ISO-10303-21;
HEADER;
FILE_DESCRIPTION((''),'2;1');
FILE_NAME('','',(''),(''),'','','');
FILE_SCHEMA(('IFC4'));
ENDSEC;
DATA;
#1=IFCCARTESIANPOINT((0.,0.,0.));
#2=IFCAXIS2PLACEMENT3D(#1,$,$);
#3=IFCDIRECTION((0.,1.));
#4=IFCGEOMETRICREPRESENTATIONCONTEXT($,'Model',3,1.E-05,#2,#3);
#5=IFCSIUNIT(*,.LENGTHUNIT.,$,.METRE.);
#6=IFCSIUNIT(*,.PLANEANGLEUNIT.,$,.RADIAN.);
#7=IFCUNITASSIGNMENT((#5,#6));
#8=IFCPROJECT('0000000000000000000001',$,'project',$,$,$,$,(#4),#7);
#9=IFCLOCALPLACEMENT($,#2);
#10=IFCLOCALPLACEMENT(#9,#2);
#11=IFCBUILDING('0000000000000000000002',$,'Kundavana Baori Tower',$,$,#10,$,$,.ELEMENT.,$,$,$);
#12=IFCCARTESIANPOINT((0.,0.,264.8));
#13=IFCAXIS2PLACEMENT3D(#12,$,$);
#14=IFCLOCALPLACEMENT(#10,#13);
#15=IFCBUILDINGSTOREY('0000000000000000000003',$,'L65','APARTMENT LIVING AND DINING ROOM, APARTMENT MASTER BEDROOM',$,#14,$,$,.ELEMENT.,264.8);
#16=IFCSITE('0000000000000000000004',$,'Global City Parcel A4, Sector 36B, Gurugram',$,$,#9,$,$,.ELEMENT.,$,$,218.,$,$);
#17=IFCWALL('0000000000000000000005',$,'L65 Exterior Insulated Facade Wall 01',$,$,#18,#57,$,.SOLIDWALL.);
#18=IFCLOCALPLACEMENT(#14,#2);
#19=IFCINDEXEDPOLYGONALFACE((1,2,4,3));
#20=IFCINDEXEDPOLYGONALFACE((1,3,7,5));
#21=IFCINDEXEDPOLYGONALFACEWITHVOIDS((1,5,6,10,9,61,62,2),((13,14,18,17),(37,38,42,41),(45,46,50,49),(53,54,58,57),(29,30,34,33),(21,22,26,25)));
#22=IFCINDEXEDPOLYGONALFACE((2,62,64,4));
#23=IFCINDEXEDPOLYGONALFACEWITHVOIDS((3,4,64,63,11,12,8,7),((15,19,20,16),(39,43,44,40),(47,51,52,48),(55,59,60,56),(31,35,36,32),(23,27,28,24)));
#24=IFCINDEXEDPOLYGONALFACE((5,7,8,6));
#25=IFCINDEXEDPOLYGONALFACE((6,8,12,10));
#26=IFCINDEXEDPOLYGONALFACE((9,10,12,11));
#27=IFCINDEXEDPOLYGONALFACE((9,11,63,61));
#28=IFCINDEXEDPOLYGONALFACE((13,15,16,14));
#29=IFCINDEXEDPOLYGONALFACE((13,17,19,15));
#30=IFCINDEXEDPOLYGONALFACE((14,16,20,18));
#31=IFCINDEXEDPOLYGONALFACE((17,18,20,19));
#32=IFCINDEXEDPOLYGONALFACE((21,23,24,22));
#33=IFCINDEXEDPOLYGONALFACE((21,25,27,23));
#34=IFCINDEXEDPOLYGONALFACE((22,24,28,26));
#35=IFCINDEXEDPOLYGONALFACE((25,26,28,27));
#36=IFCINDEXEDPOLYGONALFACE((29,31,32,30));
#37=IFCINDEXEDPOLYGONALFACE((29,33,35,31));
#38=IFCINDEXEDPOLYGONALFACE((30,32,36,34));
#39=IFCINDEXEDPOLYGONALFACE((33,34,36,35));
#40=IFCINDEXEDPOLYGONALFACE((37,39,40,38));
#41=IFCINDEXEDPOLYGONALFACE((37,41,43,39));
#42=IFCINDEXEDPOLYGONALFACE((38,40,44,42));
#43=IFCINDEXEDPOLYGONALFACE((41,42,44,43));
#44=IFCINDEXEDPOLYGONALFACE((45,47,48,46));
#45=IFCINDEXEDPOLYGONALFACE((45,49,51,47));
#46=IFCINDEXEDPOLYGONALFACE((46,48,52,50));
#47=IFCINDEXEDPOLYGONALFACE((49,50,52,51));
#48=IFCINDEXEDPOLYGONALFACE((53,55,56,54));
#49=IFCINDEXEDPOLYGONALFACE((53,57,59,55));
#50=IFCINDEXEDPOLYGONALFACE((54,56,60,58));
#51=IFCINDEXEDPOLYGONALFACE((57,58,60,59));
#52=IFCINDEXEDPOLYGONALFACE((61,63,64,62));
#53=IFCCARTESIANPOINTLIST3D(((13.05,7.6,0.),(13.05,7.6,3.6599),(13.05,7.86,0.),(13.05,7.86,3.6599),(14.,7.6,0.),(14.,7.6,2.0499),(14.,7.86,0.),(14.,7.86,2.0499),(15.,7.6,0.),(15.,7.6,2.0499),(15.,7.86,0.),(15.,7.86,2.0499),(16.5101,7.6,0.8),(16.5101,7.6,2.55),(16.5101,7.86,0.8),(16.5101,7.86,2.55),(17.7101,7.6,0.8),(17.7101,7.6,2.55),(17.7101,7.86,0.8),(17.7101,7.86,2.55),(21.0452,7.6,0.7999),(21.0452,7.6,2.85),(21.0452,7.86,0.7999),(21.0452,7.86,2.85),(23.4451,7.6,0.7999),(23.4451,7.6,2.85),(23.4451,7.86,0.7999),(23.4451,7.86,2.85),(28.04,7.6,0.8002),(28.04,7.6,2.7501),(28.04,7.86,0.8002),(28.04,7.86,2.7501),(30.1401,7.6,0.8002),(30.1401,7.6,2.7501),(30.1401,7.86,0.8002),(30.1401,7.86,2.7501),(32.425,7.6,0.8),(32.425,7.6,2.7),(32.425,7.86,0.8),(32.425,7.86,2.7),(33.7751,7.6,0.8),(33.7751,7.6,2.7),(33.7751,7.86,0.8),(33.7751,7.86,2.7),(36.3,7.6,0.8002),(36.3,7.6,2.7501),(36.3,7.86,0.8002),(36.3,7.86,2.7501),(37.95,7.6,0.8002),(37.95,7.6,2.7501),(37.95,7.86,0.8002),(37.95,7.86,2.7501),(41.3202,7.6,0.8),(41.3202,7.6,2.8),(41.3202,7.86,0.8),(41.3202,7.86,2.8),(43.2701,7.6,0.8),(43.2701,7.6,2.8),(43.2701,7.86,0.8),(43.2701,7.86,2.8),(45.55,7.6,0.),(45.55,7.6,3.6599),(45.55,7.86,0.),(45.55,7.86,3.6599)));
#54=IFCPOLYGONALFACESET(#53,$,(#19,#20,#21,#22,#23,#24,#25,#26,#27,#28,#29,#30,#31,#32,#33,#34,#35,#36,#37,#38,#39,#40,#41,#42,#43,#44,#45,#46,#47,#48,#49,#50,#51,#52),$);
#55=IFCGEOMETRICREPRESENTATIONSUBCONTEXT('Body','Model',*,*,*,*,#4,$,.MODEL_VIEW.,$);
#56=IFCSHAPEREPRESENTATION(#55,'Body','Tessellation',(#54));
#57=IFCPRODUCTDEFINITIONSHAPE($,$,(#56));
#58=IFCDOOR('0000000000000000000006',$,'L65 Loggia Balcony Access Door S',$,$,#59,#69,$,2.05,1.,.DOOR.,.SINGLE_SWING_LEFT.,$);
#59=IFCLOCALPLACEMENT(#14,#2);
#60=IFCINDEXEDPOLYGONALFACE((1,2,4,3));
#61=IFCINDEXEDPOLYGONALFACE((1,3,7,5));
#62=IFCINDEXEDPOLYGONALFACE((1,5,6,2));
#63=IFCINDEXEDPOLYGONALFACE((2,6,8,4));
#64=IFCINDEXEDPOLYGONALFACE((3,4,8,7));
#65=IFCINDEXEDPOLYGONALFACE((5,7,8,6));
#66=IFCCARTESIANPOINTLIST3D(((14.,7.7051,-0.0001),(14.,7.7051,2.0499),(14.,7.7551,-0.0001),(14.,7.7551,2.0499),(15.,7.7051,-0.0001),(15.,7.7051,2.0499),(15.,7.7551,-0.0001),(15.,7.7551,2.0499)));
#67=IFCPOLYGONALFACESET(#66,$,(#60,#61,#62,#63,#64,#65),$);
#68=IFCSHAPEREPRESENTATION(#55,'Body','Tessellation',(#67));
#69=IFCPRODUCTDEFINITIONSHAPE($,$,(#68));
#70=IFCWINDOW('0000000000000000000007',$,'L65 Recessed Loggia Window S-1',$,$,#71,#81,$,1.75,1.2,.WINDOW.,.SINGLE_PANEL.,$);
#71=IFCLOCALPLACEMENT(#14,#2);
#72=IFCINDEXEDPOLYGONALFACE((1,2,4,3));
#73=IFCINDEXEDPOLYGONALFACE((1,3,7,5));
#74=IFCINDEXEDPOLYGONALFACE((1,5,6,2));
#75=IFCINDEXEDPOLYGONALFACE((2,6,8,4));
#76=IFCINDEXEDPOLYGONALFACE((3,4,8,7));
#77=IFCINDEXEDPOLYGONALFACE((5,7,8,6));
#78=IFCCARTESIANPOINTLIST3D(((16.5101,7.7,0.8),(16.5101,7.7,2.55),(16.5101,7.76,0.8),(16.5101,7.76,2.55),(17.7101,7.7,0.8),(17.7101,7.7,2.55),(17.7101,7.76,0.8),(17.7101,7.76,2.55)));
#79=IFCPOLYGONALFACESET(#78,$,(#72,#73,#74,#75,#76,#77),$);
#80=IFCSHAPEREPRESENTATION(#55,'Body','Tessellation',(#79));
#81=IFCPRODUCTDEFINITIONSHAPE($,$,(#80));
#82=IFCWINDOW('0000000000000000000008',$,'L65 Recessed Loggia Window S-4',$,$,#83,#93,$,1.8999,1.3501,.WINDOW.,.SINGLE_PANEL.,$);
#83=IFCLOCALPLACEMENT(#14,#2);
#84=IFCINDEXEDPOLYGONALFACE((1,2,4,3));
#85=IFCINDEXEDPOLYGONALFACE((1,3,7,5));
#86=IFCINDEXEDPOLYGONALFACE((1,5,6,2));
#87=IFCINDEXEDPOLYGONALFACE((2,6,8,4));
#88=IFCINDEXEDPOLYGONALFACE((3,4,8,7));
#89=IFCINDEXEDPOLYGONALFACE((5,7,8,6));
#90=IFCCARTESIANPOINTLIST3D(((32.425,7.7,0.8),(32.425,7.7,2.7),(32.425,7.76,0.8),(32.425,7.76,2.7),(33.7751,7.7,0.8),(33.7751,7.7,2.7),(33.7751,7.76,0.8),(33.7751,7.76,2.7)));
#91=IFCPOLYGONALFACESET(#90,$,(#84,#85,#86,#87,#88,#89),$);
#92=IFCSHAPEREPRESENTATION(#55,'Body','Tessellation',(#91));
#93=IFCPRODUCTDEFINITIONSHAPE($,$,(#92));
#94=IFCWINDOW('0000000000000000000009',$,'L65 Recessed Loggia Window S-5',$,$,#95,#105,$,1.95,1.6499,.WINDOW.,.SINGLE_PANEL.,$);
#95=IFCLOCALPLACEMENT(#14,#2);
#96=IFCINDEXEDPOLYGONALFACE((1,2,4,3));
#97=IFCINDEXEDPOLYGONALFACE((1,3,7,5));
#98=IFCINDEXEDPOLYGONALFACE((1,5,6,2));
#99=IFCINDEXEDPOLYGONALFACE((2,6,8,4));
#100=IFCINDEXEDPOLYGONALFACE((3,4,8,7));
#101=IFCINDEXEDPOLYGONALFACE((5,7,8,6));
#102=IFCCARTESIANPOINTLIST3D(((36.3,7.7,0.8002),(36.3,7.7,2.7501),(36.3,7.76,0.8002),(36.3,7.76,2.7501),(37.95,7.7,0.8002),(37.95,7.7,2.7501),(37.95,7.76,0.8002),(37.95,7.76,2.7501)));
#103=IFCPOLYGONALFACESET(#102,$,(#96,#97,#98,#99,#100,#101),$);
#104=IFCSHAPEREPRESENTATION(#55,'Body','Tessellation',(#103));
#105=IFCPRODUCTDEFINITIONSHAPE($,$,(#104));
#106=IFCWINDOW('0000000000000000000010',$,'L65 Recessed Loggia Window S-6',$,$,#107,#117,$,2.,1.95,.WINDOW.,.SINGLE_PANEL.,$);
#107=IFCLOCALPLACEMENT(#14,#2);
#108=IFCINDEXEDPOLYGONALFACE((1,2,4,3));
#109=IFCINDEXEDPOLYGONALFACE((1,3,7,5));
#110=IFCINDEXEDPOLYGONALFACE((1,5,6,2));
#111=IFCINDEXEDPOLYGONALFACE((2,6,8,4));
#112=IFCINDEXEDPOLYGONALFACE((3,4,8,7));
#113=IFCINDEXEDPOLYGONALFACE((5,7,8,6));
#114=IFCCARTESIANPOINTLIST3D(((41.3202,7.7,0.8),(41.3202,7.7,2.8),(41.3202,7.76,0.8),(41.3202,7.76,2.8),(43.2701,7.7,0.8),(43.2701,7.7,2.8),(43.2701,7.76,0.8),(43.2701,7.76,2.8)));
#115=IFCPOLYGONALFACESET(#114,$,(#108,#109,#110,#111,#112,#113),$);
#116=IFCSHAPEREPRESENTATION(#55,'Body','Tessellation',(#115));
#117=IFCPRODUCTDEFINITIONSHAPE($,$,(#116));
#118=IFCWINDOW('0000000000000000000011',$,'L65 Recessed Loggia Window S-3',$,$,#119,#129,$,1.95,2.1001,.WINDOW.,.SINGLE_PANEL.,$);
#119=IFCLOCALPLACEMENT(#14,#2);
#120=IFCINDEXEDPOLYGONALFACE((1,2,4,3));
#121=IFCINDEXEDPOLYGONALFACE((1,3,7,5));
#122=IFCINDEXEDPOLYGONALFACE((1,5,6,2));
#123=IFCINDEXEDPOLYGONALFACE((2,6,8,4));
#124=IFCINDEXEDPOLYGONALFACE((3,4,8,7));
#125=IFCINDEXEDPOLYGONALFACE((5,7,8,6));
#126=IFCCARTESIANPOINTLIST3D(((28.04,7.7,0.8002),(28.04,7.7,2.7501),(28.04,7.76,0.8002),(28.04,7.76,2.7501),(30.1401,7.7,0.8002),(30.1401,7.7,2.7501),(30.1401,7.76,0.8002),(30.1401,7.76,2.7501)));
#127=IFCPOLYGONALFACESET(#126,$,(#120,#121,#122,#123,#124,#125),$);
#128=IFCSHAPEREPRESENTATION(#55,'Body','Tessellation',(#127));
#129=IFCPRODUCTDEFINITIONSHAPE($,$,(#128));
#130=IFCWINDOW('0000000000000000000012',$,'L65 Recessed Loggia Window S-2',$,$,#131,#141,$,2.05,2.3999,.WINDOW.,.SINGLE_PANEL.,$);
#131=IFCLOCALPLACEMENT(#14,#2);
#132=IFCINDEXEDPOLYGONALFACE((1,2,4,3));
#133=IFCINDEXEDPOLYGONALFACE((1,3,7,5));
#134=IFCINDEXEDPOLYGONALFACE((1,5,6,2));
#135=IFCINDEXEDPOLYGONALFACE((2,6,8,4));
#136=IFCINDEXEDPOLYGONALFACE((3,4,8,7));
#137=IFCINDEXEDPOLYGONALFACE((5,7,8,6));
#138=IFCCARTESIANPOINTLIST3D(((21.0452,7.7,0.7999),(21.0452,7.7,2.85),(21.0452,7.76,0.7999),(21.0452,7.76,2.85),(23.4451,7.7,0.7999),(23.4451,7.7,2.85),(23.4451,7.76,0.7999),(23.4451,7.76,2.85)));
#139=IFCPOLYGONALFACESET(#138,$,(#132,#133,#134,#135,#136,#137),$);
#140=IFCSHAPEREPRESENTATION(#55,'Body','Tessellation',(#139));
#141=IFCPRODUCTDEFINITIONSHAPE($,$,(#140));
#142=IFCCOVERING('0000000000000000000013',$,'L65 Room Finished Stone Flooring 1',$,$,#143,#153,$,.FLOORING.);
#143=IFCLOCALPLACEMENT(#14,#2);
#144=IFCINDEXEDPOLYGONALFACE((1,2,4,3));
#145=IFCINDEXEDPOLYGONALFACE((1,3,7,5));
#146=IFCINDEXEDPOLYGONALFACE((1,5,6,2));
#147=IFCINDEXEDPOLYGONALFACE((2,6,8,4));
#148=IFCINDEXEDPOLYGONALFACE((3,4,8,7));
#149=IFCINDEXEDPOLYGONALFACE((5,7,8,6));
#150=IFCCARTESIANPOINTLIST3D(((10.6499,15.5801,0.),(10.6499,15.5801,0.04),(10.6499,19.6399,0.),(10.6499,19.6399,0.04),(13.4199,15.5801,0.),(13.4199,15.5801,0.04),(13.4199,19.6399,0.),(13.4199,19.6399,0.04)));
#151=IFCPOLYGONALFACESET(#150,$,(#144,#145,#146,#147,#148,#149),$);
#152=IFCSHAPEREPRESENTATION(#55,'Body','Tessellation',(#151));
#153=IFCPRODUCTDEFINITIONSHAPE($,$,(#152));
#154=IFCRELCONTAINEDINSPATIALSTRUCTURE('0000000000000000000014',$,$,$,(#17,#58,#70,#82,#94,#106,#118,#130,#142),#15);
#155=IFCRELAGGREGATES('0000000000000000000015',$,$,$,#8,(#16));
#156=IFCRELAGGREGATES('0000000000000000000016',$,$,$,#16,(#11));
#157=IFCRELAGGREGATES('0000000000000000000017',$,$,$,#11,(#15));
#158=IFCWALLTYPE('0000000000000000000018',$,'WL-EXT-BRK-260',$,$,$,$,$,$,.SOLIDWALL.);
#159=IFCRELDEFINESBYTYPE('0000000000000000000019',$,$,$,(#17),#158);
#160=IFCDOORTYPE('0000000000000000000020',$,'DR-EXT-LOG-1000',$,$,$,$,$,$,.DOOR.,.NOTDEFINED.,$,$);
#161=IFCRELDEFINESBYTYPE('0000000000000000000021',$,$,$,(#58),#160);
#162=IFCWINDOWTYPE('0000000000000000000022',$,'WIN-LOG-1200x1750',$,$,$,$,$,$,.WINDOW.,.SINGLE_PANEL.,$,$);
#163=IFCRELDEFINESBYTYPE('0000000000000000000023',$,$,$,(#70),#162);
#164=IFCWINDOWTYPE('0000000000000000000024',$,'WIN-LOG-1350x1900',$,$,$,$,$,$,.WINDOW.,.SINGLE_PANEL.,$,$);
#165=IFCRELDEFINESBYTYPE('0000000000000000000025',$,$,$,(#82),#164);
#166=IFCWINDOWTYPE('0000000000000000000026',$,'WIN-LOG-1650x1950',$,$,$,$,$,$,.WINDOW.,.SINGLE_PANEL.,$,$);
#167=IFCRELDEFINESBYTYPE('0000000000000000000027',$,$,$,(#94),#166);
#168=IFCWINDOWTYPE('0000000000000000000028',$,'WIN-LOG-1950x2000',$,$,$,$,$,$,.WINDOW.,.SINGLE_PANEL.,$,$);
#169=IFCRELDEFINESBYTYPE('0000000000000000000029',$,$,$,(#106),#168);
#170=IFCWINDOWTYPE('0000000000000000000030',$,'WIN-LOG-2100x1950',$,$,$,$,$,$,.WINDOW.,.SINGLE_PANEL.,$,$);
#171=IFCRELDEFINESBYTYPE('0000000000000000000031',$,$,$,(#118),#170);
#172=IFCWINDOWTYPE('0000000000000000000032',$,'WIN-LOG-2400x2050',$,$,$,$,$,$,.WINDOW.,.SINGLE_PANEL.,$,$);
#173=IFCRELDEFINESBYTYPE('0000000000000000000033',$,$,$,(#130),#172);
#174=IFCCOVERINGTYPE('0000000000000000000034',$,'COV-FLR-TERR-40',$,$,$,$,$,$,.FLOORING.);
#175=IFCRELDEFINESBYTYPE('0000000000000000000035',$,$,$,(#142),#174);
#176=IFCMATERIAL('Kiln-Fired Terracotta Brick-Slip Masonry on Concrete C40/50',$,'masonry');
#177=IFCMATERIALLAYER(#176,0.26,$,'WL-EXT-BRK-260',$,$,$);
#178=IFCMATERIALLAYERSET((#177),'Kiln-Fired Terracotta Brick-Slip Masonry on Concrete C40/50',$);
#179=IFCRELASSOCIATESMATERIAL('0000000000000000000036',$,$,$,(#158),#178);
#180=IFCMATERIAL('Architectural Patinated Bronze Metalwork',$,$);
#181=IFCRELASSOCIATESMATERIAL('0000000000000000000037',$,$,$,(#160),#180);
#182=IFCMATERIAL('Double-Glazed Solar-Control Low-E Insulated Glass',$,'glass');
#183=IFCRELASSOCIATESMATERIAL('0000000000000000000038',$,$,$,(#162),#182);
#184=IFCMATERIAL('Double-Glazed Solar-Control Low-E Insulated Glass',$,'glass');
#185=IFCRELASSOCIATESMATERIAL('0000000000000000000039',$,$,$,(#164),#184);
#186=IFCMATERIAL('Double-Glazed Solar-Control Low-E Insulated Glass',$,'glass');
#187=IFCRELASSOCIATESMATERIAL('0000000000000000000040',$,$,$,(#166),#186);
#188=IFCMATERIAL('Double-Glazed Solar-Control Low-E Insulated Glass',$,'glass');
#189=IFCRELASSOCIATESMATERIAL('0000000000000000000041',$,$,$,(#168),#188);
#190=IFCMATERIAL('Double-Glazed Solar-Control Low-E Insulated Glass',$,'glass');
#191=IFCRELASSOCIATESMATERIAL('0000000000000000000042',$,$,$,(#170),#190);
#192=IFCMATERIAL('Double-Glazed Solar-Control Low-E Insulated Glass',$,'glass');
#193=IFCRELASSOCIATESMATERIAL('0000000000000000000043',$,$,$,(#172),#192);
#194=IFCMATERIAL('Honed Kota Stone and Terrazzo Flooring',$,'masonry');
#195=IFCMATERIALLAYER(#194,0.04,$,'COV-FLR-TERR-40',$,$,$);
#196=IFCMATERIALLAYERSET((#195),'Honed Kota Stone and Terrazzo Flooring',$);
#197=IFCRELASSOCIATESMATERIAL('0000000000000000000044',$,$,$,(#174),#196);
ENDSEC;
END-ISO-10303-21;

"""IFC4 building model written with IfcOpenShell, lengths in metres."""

from ifc_helpers import new_model, si_unit, direction, frame, frame_2d, origin, place, context, subcontext, project, spatial, polyline, rectangle, outline, extrude, material, layer, layer_set, type_object, element, fill, save


model = new_model("IFC4")

# Units and contexts
model_context = context("Model", 3, precision=1e-05, world=origin(), true_north=direction((0.0, 1.0)))
body_context = subcontext(model_context, "Body", "Model", "MODEL_VIEW")
ifc_project = project(units=[si_unit("LENGTHUNIT", "METRE"), si_unit("PLANEANGLEUNIT", "RADIAN")], contexts=[model_context])

# Site, building, storey
site_placement = place(None, origin())
site = spatial("IfcSite", under=ifc_project, at=site_placement, Name="Global City Parcel A4, Sector 36B, Gurugram", CompositionType="ELEMENT", RefElevation=218.0)
building_placement = place(site_placement, origin())
building = spatial("IfcBuilding", under=site, at=building_placement, Name="Kundavana Baori Tower", CompositionType="ELEMENT")
storey_placement = place(building_placement, frame((0.0, 0.0, 264.8)))
storey = spatial("IfcBuildingStorey", under=building, at=storey_placement, Name="L65", Description="APARTMENT LIVING AND DINING ROOM, APARTMENT MASTER BEDROOM", CompositionType="ELEMENT", Elevation=264.8)

# Wall, openings, door, windows
ifc_material_1 = material(Name="Kiln-Fired Terracotta Brick-Slip Masonry on Concrete C40/50", Category="masonry")
ifc_layer_1 = layer(ifc_material_1, 0.26, Name="WL-EXT-BRK-260")
ifc_layer_set_1 = layer_set([ifc_layer_1], Name="Kiln-Fired Terracotta Brick-Slip Masonry on Concrete C40/50")
wall_type = type_object("IfcWallType", Name="WL-EXT-BRK-260", PredefinedType="SOLIDWALL", material=ifc_layer_set_1)
wall_placement = place(storey_placement, frame((13.05, 7.73, 0.0), z_axis=(0.0, 0.0, 1.0), x_axis=(1.0, 0.0, 0.0)))
wall = element("IfcWall", 1, at=wall_placement, inside=storey, type_object=wall_type, Name="L65 Exterior Insulated Facade Wall 01", PredefinedType="SOLIDWALL", context=body_context, shape_type="SweptSolid", body=[
    extrude(rectangle(XDim=32.5, YDim=0.26, at=frame_2d((16.25, 0.0))), origin(), (0.0, 0.0, 1.0), 3.6599),
])
opening_1_placement = place(wall_placement, frame((0.95, 0.0, 0.0)))
opening_1 = element("IfcOpeningElement", 2, at=opening_1_placement, cuts=wall, PredefinedType="OPENING", context=body_context, shape_type="SweptSolid", body=[
    extrude(rectangle(XDim=1.0, YDim=2.05, at=frame_2d((0.5, 1.0249))), frame((0.0, 0.1401, 0.0), z_axis=(0.0, -1.0, 0.0), x_axis=(1.0, 0.0, 0.0)), (0.0, 0.0, 1.0), 0.28),
])
opening_2_placement = place(wall_placement, frame((3.46, 0.0, 0.8)))
opening_2 = element("IfcOpeningElement", 3, at=opening_2_placement, cuts=wall, PredefinedType="OPENING", context=body_context, shape_type="SweptSolid", body=[
    extrude(rectangle(XDim=1.2, YDim=1.75, at=frame_2d((0.6001, 0.875))), frame((0.0, 0.1401, 0.0), z_axis=(0.0, -1.0, 0.0), x_axis=(1.0, 0.0, 0.0)), (0.0, 0.0, 1.0), 0.28),
])
opening_3_placement = place(wall_placement, frame((7.9951, 0.0, 0.8)))
opening_3 = element("IfcOpeningElement", 4, at=opening_3_placement, cuts=wall, PredefinedType="OPENING", context=body_context, shape_type="SweptSolid", body=[
    extrude(rectangle(XDim=2.3999, YDim=2.05, at=frame_2d((1.2, 1.0249))), frame((0.0, 0.1401, 0.0), z_axis=(0.0, -1.0, 0.0), x_axis=(1.0, 0.0, 0.0)), (0.0, 0.0, 1.0), 0.28),
])
opening_4_placement = place(wall_placement, frame((14.99, 0.0, 0.8)))
opening_4 = element("IfcOpeningElement", 5, at=opening_4_placement, cuts=wall, PredefinedType="OPENING", context=body_context, shape_type="SweptSolid", body=[
    extrude(rectangle(XDim=2.1001, YDim=1.95, at=frame_2d((1.05, 0.9751))), frame((0.0, 0.1401, 0.0), z_axis=(0.0, -1.0, 0.0), x_axis=(1.0, 0.0, 0.0)), (0.0, 0.0, 1.0), 0.28),
])
opening_5_placement = place(wall_placement, frame((19.375, 0.0, 0.8)))
opening_5 = element("IfcOpeningElement", 6, at=opening_5_placement, cuts=wall, PredefinedType="OPENING", context=body_context, shape_type="SweptSolid", body=[
    extrude(rectangle(XDim=1.3501, YDim=1.8999, at=frame_2d((0.675, 0.95))), frame((0.0, 0.1401, 0.0), z_axis=(0.0, -1.0, 0.0), x_axis=(1.0, 0.0, 0.0)), (0.0, 0.0, 1.0), 0.28),
])
opening_6_placement = place(wall_placement, frame((23.25, 0.0, 0.8)))
opening_6 = element("IfcOpeningElement", 7, at=opening_6_placement, cuts=wall, PredefinedType="OPENING", context=body_context, shape_type="SweptSolid", body=[
    extrude(rectangle(XDim=1.6499, YDim=1.95, at=frame_2d((0.825, 0.9751))), frame((0.0, 0.1401, 0.0), z_axis=(0.0, -1.0, 0.0), x_axis=(1.0, 0.0, 0.0)), (0.0, 0.0, 1.0), 0.28),
])
opening_7_placement = place(wall_placement, frame((28.27, 0.0, 0.8)))
opening_7 = element("IfcOpeningElement", 8, at=opening_7_placement, cuts=wall, PredefinedType="OPENING", context=body_context, shape_type="SweptSolid", body=[
    extrude(rectangle(XDim=1.95, YDim=2.0, at=frame_2d((0.9751, 1.0))), frame((0.0, 0.1401, 0.0), z_axis=(0.0, -1.0, 0.0), x_axis=(1.0, 0.0, 0.0)), (0.0, 0.0, 1.0), 0.28),
])
ifc_material_2 = material(Name="Architectural Patinated Bronze Metalwork")
door_type = type_object("IfcDoorType", Name="DR-EXT-LOG-1000", OperationType="NOTDEFINED", PredefinedType="DOOR", material=ifc_material_2)
door_placement = place(opening_1_placement, frame((1.0, 0.0, 0.0), z_axis=(0.0, 0.0, 1.0), x_axis=(-1.0, 0.0, 0.0)))
door = element("IfcDoor", 9, at=door_placement, inside=storey, type_object=door_type, Name="L65 Loggia Balcony Access Door S", OperationType="SINGLE_SWING_LEFT", OverallHeight=2.05, OverallWidth=1.0, PredefinedType="DOOR", context=body_context, shape_type="SweptSolid", body=[
    extrude(rectangle(XDim=1.0, YDim=2.05, at=frame_2d((0.5, 1.0249))), frame((0.0, 0.0249, 0.0), z_axis=(0.0, -1.0, 0.0), x_axis=(1.0, 0.0, 0.0)), (0.0, 0.0, 1.0), 0.05),
])
fill(opening_1, door)
ifc_material_3 = material(Name="Double-Glazed Solar-Control Low-E Insulated Glass", Category="glass")
window_type_1 = type_object("IfcWindowType", Name="WIN-LOG-1200x1750", PartitioningType="SINGLE_PANEL", PredefinedType="WINDOW", material=ifc_material_3)
window_1_placement = place(opening_2_placement, origin())
window_1 = element("IfcWindow", 10, at=window_1_placement, inside=storey, type_object=window_type_1, Name="L65 Recessed Loggia Window S-1", OverallHeight=1.75, OverallWidth=1.2, PartitioningType="SINGLE_PANEL", PredefinedType="WINDOW", context=body_context, shape_type="SweptSolid", body=[
    extrude(rectangle(XDim=1.2, YDim=1.75, at=frame_2d((0.6001, 0.875))), frame((0.0, 0.03, 0.0), z_axis=(0.0, -1.0, 0.0), x_axis=(1.0, 0.0, 0.0)), (0.0, 0.0, 1.0), 0.0601),
])
fill(opening_2, window_1)
ifc_material_4 = material(Name="Double-Glazed Solar-Control Low-E Insulated Glass", Category="glass")
window_type_2 = type_object("IfcWindowType", Name="WIN-LOG-1350x1900", PartitioningType="SINGLE_PANEL", PredefinedType="WINDOW", material=ifc_material_4)
window_2_placement = place(opening_5_placement, origin())
window_2 = element("IfcWindow", 11, at=window_2_placement, inside=storey, type_object=window_type_2, Name="L65 Recessed Loggia Window S-4", OverallHeight=1.8999, OverallWidth=1.3501, PartitioningType="SINGLE_PANEL", PredefinedType="WINDOW", context=body_context, shape_type="SweptSolid", body=[
    extrude(rectangle(XDim=1.3501, YDim=1.8999, at=frame_2d((0.675, 0.95))), frame((0.0, 0.03, 0.0), z_axis=(0.0, -1.0, 0.0), x_axis=(1.0, 0.0, 0.0)), (0.0, 0.0, 1.0), 0.0601),
])
fill(opening_5, window_2)
ifc_material_5 = material(Name="Double-Glazed Solar-Control Low-E Insulated Glass", Category="glass")
window_type_3 = type_object("IfcWindowType", Name="WIN-LOG-1650x1950", PartitioningType="SINGLE_PANEL", PredefinedType="WINDOW", material=ifc_material_5)
window_3_placement = place(opening_6_placement, origin())
window_3 = element("IfcWindow", 12, at=window_3_placement, inside=storey, type_object=window_type_3, Name="L65 Recessed Loggia Window S-5", OverallHeight=1.95, OverallWidth=1.6499, PartitioningType="SINGLE_PANEL", PredefinedType="WINDOW", context=body_context, shape_type="SweptSolid", body=[
    extrude(rectangle(XDim=1.6499, YDim=1.95, at=frame_2d((0.825, 0.9751))), frame((0.0, 0.03, 0.0), z_axis=(0.0, -1.0, 0.0), x_axis=(1.0, 0.0, 0.0)), (0.0, 0.0, 1.0), 0.0601),
])
fill(opening_6, window_3)
ifc_material_6 = material(Name="Double-Glazed Solar-Control Low-E Insulated Glass", Category="glass")
window_type_4 = type_object("IfcWindowType", Name="WIN-LOG-1950x2000", PartitioningType="SINGLE_PANEL", PredefinedType="WINDOW", material=ifc_material_6)
window_4_placement = place(opening_7_placement, origin())
window_4 = element("IfcWindow", 13, at=window_4_placement, inside=storey, type_object=window_type_4, Name="L65 Recessed Loggia Window S-6", OverallHeight=2.0, OverallWidth=1.95, PartitioningType="SINGLE_PANEL", PredefinedType="WINDOW", context=body_context, shape_type="SweptSolid", body=[
    extrude(rectangle(XDim=1.95, YDim=2.0, at=frame_2d((0.9751, 1.0))), frame((0.0, 0.03, 0.0), z_axis=(0.0, -1.0, 0.0), x_axis=(1.0, 0.0, 0.0)), (0.0, 0.0, 1.0), 0.0601),
])
fill(opening_7, window_4)
ifc_material_7 = material(Name="Double-Glazed Solar-Control Low-E Insulated Glass", Category="glass")
window_type_5 = type_object("IfcWindowType", Name="WIN-LOG-2100x1950", PartitioningType="SINGLE_PANEL", PredefinedType="WINDOW", material=ifc_material_7)
window_5_placement = place(opening_4_placement, origin())
window_5 = element("IfcWindow", 14, at=window_5_placement, inside=storey, type_object=window_type_5, Name="L65 Recessed Loggia Window S-3", OverallHeight=1.95, OverallWidth=2.1001, PartitioningType="SINGLE_PANEL", PredefinedType="WINDOW", context=body_context, shape_type="SweptSolid", body=[
    extrude(rectangle(XDim=2.1001, YDim=1.95, at=frame_2d((1.05, 0.9751))), frame((0.0, 0.03, 0.0), z_axis=(0.0, -1.0, 0.0), x_axis=(1.0, 0.0, 0.0)), (0.0, 0.0, 1.0), 0.0601),
])
fill(opening_4, window_5)
ifc_material_8 = material(Name="Double-Glazed Solar-Control Low-E Insulated Glass", Category="glass")
window_type_6 = type_object("IfcWindowType", Name="WIN-LOG-2400x2050", PartitioningType="SINGLE_PANEL", PredefinedType="WINDOW", material=ifc_material_8)
window_6_placement = place(opening_3_placement, origin())
window_6 = element("IfcWindow", 15, at=window_6_placement, inside=storey, type_object=window_type_6, Name="L65 Recessed Loggia Window S-2", OverallHeight=2.05, OverallWidth=2.3999, PartitioningType="SINGLE_PANEL", PredefinedType="WINDOW", context=body_context, shape_type="SweptSolid", body=[
    extrude(rectangle(XDim=2.3999, YDim=2.05, at=frame_2d((1.2, 1.0249))), frame((0.0, 0.03, 0.0), z_axis=(0.0, -1.0, 0.0), x_axis=(1.0, 0.0, 0.0)), (0.0, 0.0, 1.0), 0.0601),
])
fill(opening_3, window_6)

# Covering
ifc_material_9 = material(Name="Honed Kota Stone and Terrazzo Flooring", Category="masonry")
ifc_layer_2 = layer(ifc_material_9, 0.04, Name="COV-FLR-TERR-40")
ifc_layer_set_2 = layer_set([ifc_layer_2], Name="Honed Kota Stone and Terrazzo Flooring")
covering_type = type_object("IfcCoveringType", Name="COV-FLR-TERR-40", PredefinedType="FLOORING", material=ifc_layer_set_2)
covering_1_placement = place(storey_placement, origin())
element("IfcCovering", 16, at=covering_1_placement, inside=storey, type_object=covering_type, Name="L65 Room Finished Stone Flooring 1", PredefinedType="FLOORING", context=body_context, shape_type="SweptSolid", body=[
    extrude(outline(polyline([(10.6499, 15.5801), (13.4199, 15.5801), (13.4199, 19.6399), (10.6499, 19.6399), (10.6499, 15.5801)])), origin(), (0.0, 0.0, 1.0), 0.04),
])

save(model, "model.ifc")
